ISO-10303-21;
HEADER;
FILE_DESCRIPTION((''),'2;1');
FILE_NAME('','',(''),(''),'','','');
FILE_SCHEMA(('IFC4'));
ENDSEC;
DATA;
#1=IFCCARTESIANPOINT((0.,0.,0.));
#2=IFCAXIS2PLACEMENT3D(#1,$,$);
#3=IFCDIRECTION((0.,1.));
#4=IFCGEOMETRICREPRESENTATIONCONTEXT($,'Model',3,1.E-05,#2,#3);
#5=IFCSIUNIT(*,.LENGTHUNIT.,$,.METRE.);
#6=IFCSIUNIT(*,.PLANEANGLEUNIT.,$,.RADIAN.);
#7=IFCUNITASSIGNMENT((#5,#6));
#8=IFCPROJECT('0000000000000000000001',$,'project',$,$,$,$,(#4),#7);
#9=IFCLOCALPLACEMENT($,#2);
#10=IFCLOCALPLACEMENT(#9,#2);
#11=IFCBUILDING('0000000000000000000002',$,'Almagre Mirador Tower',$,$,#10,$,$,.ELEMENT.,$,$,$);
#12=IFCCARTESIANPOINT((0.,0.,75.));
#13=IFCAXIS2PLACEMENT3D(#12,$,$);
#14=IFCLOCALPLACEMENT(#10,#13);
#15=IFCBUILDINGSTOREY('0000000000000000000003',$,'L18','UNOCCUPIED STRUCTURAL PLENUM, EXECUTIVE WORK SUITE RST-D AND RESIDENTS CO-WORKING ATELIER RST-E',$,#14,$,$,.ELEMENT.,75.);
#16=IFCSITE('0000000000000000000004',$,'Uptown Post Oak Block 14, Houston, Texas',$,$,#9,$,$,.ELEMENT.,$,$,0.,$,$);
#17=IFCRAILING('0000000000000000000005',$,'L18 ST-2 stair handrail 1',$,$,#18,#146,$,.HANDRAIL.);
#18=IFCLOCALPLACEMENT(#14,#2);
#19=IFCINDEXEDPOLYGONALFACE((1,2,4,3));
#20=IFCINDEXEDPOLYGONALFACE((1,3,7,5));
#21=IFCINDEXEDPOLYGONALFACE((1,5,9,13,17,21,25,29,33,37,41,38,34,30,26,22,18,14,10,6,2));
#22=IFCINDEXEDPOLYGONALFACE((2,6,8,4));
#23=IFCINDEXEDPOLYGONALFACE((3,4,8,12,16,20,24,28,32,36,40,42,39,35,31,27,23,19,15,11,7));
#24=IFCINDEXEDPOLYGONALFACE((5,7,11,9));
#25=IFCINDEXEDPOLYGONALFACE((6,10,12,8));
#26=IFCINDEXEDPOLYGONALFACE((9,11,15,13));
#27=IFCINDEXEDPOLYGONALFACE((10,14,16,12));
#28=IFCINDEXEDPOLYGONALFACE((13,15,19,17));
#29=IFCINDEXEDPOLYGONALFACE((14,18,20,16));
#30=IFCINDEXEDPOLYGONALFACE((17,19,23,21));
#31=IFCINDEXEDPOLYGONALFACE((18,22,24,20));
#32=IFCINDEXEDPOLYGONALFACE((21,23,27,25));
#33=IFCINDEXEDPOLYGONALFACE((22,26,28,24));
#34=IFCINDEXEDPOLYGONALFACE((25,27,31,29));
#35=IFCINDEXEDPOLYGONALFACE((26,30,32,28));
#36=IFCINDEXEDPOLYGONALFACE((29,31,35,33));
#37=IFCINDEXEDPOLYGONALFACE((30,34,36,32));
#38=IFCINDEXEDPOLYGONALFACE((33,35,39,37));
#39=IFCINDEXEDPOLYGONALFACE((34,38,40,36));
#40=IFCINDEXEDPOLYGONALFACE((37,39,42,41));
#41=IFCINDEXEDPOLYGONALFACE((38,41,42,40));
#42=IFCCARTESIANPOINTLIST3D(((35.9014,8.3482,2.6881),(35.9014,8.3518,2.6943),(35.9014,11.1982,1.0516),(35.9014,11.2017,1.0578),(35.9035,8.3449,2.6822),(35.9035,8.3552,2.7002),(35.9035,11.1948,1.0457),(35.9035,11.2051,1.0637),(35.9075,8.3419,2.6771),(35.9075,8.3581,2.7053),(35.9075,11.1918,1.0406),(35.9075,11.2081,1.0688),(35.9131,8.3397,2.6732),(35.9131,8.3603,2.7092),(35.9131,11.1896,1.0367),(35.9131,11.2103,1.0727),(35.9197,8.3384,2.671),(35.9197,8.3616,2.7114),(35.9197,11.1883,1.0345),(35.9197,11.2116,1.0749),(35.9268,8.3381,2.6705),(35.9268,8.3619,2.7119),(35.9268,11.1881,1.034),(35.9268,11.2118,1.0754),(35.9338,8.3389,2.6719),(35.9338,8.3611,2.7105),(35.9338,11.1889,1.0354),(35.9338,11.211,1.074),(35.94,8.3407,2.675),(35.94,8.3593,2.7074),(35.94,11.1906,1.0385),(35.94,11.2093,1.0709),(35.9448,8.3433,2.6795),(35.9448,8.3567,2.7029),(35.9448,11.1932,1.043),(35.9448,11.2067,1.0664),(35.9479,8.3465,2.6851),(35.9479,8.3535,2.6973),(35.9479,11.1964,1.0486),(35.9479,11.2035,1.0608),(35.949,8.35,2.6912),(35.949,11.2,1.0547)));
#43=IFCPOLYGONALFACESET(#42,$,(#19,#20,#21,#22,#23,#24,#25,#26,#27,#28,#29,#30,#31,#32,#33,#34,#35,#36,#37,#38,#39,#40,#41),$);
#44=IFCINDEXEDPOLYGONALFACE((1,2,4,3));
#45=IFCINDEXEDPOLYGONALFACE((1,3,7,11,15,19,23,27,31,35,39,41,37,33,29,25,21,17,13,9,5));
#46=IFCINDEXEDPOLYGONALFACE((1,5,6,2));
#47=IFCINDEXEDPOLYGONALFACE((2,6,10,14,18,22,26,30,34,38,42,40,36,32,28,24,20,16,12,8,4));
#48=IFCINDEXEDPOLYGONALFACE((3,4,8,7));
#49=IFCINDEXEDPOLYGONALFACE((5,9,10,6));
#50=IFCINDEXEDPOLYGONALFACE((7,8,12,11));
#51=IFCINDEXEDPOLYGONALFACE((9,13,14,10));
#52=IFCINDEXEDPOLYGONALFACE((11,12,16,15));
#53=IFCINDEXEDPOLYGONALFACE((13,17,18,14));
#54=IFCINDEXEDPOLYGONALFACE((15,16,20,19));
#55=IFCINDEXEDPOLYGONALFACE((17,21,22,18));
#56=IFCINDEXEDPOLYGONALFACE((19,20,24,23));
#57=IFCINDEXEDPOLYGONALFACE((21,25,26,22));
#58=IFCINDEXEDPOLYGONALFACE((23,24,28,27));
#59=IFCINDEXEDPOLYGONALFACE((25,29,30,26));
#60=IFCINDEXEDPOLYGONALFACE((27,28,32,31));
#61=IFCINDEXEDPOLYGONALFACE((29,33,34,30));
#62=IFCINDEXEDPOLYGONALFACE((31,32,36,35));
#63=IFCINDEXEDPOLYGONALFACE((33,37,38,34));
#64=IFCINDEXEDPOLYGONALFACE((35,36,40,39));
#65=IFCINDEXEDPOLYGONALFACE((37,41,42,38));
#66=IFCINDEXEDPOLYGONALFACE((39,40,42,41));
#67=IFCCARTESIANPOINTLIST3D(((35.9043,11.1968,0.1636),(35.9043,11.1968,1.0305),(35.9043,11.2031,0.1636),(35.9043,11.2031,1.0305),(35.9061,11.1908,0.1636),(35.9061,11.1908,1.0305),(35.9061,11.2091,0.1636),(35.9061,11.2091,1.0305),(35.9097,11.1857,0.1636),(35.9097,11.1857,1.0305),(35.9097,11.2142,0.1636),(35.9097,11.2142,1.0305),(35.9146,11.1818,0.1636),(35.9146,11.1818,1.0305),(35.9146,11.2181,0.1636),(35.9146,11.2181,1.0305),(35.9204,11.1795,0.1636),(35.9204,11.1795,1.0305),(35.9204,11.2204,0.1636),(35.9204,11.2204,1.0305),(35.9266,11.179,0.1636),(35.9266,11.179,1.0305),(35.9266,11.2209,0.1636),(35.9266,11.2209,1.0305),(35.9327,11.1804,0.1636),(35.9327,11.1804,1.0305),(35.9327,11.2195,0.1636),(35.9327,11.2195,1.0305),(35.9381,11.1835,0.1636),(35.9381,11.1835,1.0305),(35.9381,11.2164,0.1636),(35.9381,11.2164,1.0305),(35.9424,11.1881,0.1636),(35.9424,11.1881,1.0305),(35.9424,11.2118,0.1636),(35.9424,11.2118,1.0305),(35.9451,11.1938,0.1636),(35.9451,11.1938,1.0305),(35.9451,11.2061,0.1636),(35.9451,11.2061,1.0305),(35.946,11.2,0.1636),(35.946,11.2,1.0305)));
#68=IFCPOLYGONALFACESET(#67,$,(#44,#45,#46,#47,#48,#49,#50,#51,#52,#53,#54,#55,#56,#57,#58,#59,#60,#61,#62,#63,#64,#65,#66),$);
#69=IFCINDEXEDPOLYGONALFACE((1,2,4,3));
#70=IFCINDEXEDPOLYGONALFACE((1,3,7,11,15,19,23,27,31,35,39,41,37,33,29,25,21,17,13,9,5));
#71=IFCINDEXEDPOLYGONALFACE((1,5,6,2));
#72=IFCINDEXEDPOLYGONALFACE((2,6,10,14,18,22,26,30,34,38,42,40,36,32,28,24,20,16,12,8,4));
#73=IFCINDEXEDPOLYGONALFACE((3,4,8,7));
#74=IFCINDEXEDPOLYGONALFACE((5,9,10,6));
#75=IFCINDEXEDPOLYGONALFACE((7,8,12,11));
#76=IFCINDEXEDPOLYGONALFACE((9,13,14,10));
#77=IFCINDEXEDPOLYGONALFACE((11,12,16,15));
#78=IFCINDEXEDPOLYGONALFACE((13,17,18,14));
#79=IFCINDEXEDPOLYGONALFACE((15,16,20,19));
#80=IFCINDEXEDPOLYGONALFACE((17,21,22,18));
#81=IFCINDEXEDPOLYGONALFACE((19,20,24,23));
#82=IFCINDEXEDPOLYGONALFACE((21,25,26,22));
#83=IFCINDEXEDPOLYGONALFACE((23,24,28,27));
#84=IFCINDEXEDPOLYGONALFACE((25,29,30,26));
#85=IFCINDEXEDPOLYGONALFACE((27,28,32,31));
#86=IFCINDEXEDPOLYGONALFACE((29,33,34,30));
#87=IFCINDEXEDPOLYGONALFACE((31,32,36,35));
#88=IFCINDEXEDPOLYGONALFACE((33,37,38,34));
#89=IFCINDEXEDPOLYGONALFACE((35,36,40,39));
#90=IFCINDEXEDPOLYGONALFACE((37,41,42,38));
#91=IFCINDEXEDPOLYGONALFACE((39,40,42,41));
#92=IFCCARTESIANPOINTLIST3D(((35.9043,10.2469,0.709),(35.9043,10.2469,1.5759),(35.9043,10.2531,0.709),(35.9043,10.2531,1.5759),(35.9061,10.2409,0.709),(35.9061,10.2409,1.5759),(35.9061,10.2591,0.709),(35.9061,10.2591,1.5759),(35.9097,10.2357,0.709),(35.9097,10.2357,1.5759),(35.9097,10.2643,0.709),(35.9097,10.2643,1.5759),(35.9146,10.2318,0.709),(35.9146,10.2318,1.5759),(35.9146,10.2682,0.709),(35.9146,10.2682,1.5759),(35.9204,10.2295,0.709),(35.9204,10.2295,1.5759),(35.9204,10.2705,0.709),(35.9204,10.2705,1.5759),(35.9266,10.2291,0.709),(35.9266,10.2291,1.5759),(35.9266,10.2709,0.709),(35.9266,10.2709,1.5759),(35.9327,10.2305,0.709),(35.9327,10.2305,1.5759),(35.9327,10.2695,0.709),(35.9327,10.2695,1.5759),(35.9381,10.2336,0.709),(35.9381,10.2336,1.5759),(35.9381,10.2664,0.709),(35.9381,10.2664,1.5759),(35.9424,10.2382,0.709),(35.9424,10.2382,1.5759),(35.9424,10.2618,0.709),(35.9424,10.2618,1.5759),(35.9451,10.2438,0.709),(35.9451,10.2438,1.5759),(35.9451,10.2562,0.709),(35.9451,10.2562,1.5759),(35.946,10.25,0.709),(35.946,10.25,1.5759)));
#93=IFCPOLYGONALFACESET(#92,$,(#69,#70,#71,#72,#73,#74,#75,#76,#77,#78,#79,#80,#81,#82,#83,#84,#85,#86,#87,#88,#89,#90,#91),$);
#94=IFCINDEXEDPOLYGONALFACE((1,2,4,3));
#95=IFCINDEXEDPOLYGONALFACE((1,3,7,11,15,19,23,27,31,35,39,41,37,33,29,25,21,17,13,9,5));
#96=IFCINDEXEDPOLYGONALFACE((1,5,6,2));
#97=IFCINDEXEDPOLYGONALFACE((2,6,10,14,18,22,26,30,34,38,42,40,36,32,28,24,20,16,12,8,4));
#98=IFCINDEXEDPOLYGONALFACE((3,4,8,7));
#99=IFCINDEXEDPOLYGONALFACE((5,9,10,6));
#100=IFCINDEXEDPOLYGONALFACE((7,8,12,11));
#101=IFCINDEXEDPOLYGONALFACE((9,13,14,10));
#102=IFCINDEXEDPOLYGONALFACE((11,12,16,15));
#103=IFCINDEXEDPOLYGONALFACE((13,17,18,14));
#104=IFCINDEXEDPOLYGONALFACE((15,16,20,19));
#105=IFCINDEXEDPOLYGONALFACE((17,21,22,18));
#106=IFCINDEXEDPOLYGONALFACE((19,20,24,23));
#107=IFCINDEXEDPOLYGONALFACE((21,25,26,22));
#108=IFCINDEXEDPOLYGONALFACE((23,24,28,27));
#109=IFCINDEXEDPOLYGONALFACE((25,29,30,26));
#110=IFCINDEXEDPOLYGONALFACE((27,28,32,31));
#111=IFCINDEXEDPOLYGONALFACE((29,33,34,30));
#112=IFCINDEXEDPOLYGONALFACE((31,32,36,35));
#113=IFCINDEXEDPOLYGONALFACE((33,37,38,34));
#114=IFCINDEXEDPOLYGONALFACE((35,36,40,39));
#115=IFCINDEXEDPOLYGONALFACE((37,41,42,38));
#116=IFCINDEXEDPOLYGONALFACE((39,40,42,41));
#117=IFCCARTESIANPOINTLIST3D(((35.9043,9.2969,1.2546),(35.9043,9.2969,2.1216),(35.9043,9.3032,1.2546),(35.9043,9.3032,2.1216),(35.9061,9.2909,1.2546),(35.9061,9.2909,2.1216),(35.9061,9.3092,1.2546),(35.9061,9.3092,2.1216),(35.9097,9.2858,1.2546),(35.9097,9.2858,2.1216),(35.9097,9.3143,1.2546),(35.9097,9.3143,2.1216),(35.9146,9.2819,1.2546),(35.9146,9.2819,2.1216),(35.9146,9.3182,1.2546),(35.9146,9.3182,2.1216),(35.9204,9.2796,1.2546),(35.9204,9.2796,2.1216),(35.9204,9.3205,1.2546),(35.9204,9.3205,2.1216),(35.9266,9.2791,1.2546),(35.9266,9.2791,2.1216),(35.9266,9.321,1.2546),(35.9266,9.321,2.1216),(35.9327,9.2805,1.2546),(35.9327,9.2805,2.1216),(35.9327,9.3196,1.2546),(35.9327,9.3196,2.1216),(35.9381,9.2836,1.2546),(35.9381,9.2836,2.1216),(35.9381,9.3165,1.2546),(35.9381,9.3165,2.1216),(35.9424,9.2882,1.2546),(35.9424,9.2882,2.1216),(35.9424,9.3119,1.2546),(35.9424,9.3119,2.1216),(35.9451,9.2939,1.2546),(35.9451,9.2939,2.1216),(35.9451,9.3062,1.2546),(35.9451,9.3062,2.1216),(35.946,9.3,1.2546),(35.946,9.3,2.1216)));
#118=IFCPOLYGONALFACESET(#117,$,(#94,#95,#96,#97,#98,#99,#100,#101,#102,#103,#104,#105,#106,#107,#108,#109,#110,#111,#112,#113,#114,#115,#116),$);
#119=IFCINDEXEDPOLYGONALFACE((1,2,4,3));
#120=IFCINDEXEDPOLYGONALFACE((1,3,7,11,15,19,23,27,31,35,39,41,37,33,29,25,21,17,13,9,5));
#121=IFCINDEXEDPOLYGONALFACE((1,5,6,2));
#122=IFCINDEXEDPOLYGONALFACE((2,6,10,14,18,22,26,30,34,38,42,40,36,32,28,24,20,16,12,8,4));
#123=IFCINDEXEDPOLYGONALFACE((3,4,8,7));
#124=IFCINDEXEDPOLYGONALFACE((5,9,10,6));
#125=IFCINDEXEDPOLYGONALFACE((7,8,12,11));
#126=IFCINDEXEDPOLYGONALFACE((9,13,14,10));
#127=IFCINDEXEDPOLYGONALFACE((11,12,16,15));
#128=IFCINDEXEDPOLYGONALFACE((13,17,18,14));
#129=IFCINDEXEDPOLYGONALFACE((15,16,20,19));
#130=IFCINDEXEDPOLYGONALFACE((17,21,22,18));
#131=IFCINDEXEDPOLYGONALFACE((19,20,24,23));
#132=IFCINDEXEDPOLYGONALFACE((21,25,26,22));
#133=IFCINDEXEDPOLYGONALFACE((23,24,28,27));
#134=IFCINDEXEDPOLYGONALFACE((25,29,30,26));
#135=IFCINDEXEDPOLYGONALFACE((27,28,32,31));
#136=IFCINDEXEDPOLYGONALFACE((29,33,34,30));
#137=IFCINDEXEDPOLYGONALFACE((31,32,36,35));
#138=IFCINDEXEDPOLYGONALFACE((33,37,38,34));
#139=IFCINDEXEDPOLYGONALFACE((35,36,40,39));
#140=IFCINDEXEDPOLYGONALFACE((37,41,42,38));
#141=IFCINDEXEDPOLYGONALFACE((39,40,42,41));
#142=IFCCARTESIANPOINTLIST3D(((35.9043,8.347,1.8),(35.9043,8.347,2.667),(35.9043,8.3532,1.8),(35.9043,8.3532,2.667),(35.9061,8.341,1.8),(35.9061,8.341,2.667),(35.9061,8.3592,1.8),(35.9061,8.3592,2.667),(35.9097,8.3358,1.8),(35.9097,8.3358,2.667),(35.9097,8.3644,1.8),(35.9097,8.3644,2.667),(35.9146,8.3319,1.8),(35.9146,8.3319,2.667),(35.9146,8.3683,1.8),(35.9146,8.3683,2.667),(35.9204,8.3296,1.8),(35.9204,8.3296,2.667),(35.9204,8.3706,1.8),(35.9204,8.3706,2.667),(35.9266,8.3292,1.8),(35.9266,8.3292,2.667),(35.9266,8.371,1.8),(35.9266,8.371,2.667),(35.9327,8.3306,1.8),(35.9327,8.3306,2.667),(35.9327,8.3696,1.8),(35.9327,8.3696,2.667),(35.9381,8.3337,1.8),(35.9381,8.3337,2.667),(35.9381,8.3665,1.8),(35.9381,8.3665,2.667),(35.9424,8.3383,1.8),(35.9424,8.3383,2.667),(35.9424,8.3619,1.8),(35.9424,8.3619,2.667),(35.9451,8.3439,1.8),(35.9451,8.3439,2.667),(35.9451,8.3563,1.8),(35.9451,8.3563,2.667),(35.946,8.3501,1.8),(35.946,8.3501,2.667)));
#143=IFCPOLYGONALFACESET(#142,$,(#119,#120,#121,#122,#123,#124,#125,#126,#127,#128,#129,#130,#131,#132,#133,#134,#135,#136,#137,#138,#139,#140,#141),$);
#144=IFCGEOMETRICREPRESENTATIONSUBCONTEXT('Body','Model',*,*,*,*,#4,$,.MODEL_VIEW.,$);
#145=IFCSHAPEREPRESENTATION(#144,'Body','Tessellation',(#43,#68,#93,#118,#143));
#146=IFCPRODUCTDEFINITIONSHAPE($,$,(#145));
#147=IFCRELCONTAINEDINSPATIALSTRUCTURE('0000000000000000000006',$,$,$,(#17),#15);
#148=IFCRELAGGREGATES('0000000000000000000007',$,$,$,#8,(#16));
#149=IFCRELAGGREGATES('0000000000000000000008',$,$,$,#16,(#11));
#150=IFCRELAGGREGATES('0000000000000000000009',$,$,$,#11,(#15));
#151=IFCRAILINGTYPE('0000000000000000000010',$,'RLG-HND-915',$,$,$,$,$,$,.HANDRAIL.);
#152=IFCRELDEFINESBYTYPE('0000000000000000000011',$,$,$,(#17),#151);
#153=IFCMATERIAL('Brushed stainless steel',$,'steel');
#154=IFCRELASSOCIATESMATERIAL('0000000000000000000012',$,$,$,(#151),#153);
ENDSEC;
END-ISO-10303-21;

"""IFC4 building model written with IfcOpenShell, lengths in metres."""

from ifc_helpers import new_model, si_unit, direction, frame, origin, origin_2d, place, context, subcontext, project, spatial, circle, extrude, material, type_object, element, save


model = new_model("IFC4")

# Units and contexts
model_context = context("Model", 3, precision=1e-05, world=origin(), true_north=direction((0.0, 1.0)))
body_context = subcontext(model_context, "Body", "Model", "MODEL_VIEW")
ifc_project = project(units=[si_unit("LENGTHUNIT", "METRE"), si_unit("PLANEANGLEUNIT", "RADIAN")], contexts=[model_context])

# Site, building, storey
site_placement = place(None, origin())
site = spatial("IfcSite", under=ifc_project, at=site_placement, Name="Uptown Post Oak Block 14, Houston, Texas", CompositionType="ELEMENT", RefElevation=0.0)
building_placement = place(site_placement, origin())
building = spatial("IfcBuilding", under=site, at=building_placement, Name="Almagre Mirador Tower", CompositionType="ELEMENT")
storey_placement = place(building_placement, frame((0.0, 0.0, 75.0)))
storey = spatial("IfcBuildingStorey", under=building, at=storey_placement, Name="L18", Description="UNOCCUPIED STRUCTURAL PLENUM, EXECUTIVE WORK SUITE RST-D AND RESIDENTS CO-WORKING ATELIER RST-E", CompositionType="ELEMENT", Elevation=75.0)

# Railing
ifc_material_1 = material(Name="Brushed stainless steel", Category="steel")
railing_type_1 = type_object("IfcRailingType", Name="RLG-HND-915", PredefinedType="HANDRAIL", material=ifc_material_1)
railing_1_placement = place(storey_placement, frame((35.925, 11.2, 0.1636)))
element("IfcRailing", 1, at=railing_1_placement, inside=storey, type_object=railing_type_1, Name="L18 ST-2 stair handrail 1", PredefinedType="HANDRAIL", context=body_context, shape_type="SweptSolid", body=[
    extrude(circle(Radius=0.0239, at=origin_2d()), frame((0.0, 0.0, 0.8911), z_axis=(0.0, -0.867194, 0.49797), x_axis=(1.0, 0.0, 0.0)), (0.0, 0.0, 1.0), 3.2864),
    extrude(circle(Radius=0.021, at=origin_2d()), origin(), (0.0, 0.0, 1.0), 0.8669),
    extrude(circle(Radius=0.021, at=origin_2d()), frame((0.0, -0.95, 0.5454)), (0.0, 0.0, 1.0), 0.8669),
    extrude(circle(Radius=0.021, at=origin_2d()), frame((0.0, -1.8999, 1.0911)), (0.0, 0.0, 1.0), 0.8669),
    extrude(circle(Radius=0.021, at=origin_2d()), frame((0.0, -2.8499, 1.6365)), (0.0, 0.0, 1.0), 0.8669),
])

save(model, "model.ifc")
